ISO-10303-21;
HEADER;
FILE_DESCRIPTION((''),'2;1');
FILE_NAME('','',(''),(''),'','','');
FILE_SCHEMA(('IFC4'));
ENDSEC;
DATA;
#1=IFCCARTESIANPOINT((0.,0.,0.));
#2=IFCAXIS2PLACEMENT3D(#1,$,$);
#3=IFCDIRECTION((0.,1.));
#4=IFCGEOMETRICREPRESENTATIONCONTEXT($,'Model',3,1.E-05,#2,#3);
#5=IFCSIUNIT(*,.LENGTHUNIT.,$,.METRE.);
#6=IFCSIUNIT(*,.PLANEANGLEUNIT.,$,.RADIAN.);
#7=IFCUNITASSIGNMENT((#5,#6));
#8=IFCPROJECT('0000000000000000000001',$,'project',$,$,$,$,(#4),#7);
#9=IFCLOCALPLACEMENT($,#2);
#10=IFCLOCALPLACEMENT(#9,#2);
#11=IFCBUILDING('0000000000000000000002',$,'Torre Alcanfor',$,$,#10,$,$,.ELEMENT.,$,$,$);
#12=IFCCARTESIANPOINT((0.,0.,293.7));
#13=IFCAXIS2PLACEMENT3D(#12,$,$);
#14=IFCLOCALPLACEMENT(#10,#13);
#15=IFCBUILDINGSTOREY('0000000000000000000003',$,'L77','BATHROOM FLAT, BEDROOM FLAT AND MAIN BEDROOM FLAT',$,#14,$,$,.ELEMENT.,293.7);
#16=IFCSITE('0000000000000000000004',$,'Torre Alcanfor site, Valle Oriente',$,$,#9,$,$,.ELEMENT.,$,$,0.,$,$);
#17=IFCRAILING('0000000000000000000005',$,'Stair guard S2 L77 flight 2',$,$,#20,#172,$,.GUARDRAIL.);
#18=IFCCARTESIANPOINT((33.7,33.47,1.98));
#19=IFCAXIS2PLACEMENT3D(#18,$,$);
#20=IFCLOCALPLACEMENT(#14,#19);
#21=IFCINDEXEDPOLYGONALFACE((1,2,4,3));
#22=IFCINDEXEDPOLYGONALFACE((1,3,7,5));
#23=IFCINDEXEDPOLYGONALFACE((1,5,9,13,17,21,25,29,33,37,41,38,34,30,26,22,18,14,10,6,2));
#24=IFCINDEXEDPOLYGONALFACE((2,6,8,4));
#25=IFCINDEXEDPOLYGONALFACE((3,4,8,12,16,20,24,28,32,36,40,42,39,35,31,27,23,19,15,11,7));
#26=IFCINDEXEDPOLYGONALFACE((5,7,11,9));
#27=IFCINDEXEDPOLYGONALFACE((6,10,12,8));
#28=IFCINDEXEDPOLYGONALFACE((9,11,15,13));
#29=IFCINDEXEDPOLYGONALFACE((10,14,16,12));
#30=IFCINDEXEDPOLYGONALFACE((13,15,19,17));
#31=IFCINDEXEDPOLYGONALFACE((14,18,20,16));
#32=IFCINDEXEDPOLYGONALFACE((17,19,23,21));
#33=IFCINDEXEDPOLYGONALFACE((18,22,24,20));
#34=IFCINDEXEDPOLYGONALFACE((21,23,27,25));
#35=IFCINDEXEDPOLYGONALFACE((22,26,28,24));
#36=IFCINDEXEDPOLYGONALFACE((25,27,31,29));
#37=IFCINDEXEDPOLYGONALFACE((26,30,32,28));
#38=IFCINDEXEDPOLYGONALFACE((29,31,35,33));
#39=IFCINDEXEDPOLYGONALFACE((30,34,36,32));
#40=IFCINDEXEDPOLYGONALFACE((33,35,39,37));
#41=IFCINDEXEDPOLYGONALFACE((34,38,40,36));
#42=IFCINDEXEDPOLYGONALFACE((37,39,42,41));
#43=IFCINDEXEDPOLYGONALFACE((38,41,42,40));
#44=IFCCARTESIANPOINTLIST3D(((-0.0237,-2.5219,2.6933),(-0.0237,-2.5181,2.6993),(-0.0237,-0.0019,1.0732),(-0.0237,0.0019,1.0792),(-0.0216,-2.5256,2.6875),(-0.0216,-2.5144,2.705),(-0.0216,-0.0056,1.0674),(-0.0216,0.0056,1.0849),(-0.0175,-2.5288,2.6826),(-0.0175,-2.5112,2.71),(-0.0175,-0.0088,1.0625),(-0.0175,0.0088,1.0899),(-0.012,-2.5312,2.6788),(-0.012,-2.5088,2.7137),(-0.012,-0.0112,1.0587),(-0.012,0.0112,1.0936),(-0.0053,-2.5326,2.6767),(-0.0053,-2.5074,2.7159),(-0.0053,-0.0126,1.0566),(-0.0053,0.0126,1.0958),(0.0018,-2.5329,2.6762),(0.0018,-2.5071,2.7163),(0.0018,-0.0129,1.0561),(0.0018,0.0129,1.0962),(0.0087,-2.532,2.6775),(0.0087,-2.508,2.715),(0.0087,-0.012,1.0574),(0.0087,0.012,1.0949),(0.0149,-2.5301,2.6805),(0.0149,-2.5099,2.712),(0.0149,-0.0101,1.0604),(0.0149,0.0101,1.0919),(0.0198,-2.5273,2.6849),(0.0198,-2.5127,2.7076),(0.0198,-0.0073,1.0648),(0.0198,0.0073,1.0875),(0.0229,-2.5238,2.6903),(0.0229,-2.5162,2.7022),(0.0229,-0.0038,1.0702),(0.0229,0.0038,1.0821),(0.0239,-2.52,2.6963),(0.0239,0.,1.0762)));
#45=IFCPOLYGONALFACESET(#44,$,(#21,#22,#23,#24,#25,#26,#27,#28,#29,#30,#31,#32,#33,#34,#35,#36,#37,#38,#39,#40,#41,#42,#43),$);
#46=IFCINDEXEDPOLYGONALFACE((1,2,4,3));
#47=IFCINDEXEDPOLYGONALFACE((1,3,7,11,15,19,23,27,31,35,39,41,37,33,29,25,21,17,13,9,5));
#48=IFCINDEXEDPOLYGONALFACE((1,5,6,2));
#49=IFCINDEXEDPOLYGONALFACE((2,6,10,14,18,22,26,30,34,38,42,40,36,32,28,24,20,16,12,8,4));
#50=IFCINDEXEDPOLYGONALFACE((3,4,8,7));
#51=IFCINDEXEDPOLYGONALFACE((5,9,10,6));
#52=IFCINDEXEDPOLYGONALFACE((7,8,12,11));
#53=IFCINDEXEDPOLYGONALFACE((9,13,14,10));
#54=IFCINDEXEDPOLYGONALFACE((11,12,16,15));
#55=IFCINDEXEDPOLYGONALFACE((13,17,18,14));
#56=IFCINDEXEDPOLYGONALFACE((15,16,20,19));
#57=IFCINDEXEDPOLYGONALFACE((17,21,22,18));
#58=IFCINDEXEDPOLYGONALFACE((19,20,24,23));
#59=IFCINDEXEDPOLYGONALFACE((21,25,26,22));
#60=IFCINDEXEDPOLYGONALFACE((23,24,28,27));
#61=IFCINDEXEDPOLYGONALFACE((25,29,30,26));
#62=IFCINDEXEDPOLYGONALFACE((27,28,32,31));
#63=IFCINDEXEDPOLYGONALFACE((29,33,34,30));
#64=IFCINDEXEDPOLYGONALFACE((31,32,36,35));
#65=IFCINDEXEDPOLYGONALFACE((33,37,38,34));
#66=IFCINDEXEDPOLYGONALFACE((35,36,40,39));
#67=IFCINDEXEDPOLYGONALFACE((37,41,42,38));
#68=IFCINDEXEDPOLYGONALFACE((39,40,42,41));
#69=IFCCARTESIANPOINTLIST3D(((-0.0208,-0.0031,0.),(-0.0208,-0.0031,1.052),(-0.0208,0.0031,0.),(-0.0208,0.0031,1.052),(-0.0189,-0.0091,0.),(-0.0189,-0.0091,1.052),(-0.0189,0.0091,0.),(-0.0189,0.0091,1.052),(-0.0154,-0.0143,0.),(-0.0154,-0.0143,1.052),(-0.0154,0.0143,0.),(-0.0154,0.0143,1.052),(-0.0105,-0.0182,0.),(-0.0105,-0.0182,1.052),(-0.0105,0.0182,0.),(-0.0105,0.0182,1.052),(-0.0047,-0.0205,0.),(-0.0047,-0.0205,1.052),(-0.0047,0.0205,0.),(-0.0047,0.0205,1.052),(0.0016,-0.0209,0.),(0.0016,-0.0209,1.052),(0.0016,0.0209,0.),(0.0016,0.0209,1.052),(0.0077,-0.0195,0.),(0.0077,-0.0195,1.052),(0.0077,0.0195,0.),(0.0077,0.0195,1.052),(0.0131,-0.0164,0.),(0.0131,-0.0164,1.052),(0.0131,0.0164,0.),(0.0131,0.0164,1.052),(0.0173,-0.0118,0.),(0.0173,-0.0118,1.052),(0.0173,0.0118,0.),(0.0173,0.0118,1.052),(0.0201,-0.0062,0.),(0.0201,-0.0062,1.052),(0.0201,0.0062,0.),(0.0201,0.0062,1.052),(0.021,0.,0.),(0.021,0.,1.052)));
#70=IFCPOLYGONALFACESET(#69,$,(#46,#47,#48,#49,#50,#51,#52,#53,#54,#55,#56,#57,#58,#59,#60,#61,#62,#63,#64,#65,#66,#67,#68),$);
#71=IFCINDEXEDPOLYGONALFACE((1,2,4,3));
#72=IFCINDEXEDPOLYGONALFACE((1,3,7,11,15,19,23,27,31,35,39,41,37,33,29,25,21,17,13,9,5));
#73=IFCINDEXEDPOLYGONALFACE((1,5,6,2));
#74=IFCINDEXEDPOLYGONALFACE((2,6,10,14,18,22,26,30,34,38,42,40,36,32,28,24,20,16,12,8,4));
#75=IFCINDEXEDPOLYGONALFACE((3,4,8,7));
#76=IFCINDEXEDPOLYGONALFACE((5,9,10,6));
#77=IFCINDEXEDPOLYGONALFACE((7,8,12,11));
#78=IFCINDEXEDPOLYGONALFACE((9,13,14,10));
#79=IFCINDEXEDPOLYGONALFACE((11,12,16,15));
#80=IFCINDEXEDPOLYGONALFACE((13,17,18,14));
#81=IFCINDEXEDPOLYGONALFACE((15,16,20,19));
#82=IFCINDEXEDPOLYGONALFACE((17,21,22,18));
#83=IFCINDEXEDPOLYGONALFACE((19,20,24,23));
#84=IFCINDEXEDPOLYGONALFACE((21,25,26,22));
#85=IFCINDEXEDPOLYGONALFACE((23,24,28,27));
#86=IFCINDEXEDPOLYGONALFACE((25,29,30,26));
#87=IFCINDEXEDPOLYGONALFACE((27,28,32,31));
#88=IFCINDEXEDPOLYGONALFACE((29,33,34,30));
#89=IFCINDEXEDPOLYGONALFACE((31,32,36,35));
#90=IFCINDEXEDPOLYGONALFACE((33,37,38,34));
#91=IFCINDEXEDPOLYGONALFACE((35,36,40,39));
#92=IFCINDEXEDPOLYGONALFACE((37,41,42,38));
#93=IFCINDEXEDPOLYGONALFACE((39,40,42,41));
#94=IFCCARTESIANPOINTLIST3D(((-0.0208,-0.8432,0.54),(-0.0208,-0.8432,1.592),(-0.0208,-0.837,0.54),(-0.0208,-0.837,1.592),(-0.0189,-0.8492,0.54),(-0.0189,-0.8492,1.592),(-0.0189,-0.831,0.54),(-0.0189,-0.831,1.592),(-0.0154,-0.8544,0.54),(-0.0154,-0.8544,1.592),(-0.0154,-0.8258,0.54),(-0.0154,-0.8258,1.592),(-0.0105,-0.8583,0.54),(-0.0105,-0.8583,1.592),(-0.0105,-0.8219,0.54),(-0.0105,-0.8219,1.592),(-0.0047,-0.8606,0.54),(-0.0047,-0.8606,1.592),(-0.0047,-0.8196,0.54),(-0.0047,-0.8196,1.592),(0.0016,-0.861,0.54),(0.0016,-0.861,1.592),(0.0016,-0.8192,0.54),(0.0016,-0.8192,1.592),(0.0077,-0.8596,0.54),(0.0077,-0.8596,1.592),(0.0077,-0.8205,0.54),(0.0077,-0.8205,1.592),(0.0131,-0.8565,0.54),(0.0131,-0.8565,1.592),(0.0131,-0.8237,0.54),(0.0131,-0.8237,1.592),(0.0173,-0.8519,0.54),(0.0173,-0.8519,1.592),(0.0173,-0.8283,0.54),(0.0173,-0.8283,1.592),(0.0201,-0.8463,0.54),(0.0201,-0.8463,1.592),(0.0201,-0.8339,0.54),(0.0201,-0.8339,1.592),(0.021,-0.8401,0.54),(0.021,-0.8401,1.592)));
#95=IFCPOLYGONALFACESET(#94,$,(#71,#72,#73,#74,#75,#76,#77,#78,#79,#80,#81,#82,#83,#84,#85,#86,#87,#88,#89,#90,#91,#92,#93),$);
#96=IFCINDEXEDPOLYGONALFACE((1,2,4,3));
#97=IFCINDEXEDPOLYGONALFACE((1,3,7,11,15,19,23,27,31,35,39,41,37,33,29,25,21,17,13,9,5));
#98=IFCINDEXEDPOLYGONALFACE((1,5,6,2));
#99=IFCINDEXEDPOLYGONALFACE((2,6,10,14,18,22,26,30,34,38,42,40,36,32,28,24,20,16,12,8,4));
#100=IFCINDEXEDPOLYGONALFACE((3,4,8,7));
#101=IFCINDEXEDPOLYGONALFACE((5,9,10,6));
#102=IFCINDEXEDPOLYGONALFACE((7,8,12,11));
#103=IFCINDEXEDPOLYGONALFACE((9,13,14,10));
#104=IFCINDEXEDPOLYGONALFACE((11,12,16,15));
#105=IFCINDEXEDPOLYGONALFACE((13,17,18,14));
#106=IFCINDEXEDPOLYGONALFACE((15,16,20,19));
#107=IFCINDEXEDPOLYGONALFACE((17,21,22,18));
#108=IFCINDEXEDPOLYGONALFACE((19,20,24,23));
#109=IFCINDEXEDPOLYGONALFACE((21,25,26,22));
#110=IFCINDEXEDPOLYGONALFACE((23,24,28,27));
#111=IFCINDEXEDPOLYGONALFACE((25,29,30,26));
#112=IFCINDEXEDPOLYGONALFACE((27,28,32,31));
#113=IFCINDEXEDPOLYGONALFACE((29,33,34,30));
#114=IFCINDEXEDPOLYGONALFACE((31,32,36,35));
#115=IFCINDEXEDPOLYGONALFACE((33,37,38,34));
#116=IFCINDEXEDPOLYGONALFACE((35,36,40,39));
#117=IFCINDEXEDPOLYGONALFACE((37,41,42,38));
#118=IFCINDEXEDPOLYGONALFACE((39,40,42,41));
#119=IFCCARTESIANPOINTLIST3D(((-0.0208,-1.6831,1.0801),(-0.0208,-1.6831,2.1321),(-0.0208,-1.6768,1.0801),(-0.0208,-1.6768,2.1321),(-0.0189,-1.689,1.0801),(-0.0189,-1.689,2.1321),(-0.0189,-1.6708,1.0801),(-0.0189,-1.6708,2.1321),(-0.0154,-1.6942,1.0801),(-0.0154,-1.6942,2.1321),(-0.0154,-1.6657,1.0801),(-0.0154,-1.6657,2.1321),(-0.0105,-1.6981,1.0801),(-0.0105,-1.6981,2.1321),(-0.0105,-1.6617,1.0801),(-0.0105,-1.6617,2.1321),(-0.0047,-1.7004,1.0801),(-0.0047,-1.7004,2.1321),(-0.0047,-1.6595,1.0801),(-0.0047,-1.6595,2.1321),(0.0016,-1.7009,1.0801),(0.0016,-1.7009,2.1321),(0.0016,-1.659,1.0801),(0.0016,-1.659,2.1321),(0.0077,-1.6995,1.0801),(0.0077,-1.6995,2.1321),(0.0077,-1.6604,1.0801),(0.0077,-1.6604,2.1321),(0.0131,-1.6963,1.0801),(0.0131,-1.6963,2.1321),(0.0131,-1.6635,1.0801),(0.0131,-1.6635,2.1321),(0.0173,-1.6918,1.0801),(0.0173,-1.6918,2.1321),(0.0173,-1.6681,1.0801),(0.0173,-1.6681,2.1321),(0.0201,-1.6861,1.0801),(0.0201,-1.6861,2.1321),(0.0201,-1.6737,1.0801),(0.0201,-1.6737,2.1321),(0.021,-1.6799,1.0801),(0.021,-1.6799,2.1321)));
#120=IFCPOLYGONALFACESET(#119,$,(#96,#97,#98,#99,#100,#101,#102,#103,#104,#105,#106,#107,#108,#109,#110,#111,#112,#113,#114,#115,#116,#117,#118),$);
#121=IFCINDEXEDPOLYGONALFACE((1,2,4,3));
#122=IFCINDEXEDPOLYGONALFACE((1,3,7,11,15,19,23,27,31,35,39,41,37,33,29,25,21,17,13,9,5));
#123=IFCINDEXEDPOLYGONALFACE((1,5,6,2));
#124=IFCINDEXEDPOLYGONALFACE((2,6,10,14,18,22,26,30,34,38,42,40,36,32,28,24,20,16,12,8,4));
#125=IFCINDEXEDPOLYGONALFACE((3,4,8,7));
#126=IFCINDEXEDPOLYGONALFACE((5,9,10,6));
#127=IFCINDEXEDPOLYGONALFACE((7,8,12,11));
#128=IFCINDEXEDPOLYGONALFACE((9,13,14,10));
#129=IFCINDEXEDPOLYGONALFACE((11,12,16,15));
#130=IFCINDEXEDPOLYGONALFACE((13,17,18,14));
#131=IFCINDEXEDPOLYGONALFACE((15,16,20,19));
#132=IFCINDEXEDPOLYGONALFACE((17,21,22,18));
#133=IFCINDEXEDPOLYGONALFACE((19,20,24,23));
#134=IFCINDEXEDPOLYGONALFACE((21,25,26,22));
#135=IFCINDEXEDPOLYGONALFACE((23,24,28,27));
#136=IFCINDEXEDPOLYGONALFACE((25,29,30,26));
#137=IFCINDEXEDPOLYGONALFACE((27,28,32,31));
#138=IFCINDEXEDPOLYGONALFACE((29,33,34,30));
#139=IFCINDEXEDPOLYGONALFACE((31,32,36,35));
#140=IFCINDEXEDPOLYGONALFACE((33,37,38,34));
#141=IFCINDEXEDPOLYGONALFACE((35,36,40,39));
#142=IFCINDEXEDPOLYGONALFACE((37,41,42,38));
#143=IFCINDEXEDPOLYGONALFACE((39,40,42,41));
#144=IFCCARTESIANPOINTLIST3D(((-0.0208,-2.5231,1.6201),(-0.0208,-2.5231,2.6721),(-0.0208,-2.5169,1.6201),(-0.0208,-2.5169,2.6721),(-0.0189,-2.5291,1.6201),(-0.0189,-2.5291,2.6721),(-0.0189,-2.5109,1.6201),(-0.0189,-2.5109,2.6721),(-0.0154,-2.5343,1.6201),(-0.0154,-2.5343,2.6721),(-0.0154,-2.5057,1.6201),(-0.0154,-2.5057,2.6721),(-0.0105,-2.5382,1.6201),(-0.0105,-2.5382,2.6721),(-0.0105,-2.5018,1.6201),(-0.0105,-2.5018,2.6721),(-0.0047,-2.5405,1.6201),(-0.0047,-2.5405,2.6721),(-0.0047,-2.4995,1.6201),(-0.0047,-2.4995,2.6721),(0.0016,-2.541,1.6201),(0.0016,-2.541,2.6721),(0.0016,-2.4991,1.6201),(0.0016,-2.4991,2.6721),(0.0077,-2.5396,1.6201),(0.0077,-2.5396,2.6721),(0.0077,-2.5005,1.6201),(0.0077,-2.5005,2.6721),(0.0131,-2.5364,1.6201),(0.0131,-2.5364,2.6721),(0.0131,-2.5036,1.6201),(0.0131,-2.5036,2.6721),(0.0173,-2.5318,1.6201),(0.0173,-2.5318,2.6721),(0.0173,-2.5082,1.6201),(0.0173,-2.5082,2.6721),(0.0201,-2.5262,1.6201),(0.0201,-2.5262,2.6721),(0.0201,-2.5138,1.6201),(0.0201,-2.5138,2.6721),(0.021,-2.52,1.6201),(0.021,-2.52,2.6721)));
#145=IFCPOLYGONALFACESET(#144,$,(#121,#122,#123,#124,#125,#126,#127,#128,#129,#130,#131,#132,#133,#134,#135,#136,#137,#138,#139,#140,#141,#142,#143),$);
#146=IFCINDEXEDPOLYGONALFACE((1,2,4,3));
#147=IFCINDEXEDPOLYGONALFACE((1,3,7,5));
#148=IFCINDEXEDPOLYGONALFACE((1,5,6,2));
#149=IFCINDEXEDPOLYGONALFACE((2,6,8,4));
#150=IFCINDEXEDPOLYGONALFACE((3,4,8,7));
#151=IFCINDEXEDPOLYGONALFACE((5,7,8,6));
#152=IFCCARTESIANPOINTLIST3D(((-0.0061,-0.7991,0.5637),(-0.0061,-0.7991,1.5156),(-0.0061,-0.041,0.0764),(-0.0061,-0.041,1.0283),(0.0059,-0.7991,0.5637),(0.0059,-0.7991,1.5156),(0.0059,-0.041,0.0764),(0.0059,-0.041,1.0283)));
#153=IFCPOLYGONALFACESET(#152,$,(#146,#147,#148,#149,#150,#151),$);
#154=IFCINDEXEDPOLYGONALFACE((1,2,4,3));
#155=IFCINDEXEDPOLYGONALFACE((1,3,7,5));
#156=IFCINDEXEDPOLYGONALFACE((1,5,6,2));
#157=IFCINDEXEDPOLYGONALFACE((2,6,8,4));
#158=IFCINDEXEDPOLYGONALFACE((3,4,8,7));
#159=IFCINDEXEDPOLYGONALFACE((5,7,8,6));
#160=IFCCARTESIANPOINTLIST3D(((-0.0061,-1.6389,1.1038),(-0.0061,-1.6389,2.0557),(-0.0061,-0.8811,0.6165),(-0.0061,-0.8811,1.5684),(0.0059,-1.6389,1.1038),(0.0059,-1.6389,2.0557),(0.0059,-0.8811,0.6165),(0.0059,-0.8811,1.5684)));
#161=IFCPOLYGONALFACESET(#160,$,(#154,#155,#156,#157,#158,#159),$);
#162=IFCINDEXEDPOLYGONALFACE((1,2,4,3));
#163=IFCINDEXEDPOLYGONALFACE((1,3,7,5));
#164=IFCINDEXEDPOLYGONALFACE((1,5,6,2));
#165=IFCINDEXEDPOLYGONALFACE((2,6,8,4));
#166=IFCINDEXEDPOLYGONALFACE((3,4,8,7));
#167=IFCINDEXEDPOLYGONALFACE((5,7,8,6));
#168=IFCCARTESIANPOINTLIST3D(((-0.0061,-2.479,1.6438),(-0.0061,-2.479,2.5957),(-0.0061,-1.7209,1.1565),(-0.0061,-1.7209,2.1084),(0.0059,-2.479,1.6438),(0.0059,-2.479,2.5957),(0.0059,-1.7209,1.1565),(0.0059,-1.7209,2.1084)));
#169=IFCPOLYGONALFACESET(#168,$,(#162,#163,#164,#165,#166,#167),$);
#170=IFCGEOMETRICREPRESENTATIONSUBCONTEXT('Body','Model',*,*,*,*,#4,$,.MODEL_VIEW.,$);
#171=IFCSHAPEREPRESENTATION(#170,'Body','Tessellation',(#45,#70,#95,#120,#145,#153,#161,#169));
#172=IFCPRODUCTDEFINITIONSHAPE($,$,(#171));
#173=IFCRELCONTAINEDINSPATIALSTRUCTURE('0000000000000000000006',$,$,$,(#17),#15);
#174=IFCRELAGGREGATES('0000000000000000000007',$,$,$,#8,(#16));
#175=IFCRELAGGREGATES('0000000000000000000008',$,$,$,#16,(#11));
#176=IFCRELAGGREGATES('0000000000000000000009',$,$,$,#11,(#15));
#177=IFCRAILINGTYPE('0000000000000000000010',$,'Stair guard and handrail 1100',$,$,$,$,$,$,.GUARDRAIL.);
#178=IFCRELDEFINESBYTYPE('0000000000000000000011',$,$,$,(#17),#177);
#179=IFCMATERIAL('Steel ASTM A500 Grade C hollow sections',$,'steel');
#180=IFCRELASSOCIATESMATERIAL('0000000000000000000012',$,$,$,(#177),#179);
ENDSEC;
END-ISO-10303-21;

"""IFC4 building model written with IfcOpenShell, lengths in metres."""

from ifc_helpers import new_model, si_unit, direction, frame, origin, origin_2d, place, context, subcontext, project, spatial, polyline, circle, outline, extrude, material, type_object, element, save


model = new_model("IFC4")

# Units and contexts
model_context = context("Model", 3, precision=1e-05, world=origin(), true_north=direction((0.0, 1.0)))
body_context = subcontext(model_context, "Body", "Model", "MODEL_VIEW")
ifc_project = project(units=[si_unit("LENGTHUNIT", "METRE"), si_unit("PLANEANGLEUNIT", "RADIAN")], contexts=[model_context])

# Site, building, storey
site_placement = place(None, origin())
site = spatial("IfcSite", under=ifc_project, at=site_placement, Name="Torre Alcanfor site, Valle Oriente", CompositionType="ELEMENT", RefElevation=0.0)
building_placement = place(site_placement, origin())
building = spatial("IfcBuilding", under=site, at=building_placement, Name="Torre Alcanfor", CompositionType="ELEMENT")
storey_placement = place(building_placement, frame((0.0, 0.0, 293.7)))
storey = spatial("IfcBuildingStorey", under=building, at=storey_placement, Name="L77", Description="BATHROOM FLAT, BEDROOM FLAT AND MAIN BEDROOM FLAT", CompositionType="ELEMENT", Elevation=293.7)

# Railing
ifc_material_1 = material(Name="Steel ASTM A500 Grade C hollow sections", Category="steel")
railing_type_1 = type_object("IfcRailingType", Name="Stair guard and handrail 1100", PredefinedType="GUARDRAIL", material=ifc_material_1)
railing_1_placement = place(storey_placement, frame((33.7, 33.47, 1.98)))
element("IfcRailing", 1, at=railing_1_placement, inside=storey, type_object=railing_type_1, Name="Stair guard S2 L77 flight 2", PredefinedType="GUARDRAIL", context=body_context, shape_type="SweptSolid", body=[
    extrude(circle(Radius=0.0239, at=origin_2d()), frame((0.0, 0.0, 1.0762), z_axis=(0.0, -0.841163, 0.540782), x_axis=(1.0, 0.0, 0.0)), (0.0, 0.0, 1.0), 2.9958),
    extrude(circle(Radius=0.021, at=origin_2d()), origin(), (0.0, 0.0, 1.0), 1.052),
    extrude(circle(Radius=0.021, at=origin_2d()), frame((0.0, -0.8401, 0.54)), (0.0, 0.0, 1.0), 1.052),
    extrude(circle(Radius=0.021, at=origin_2d()), frame((0.0, -1.6799, 1.0801)), (0.0, 0.0, 1.0), 1.052),
    extrude(circle(Radius=0.021, at=origin_2d()), frame((0.0, -2.52, 1.6201)), (0.0, 0.0, 1.0), 1.052),
    extrude(outline(polyline([(0.041, 0.0764), (0.7991, 0.5637), (0.7991, 1.5156), (0.041, 1.0283), (0.041, 0.0764)])), frame((0.0059, 0.0, 0.0), z_axis=(-1.0, 0.0, 0.0), x_axis=(0.0, -1.0, 0.0)), (0.0, 0.0, 1.0), 0.012),
    extrude(outline(polyline([(0.8811, 0.6165), (1.6389, 1.1038), (1.6389, 2.0557), (0.8811, 1.5684), (0.8811, 0.6165)])), frame((0.0059, 0.0, 0.0), z_axis=(-1.0, 0.0, 0.0), x_axis=(0.0, -1.0, 0.0)), (0.0, 0.0, 1.0), 0.012),
    extrude(outline(polyline([(1.7209, 1.1565), (2.479, 1.6438), (2.479, 2.5957), (1.7209, 2.1084), (1.7209, 1.1565)])), frame((0.0059, 0.0, 0.0), z_axis=(-1.0, 0.0, 0.0), x_axis=(0.0, -1.0, 0.0)), (0.0, 0.0, 1.0), 0.012),
])

save(model, "model.ifc")
